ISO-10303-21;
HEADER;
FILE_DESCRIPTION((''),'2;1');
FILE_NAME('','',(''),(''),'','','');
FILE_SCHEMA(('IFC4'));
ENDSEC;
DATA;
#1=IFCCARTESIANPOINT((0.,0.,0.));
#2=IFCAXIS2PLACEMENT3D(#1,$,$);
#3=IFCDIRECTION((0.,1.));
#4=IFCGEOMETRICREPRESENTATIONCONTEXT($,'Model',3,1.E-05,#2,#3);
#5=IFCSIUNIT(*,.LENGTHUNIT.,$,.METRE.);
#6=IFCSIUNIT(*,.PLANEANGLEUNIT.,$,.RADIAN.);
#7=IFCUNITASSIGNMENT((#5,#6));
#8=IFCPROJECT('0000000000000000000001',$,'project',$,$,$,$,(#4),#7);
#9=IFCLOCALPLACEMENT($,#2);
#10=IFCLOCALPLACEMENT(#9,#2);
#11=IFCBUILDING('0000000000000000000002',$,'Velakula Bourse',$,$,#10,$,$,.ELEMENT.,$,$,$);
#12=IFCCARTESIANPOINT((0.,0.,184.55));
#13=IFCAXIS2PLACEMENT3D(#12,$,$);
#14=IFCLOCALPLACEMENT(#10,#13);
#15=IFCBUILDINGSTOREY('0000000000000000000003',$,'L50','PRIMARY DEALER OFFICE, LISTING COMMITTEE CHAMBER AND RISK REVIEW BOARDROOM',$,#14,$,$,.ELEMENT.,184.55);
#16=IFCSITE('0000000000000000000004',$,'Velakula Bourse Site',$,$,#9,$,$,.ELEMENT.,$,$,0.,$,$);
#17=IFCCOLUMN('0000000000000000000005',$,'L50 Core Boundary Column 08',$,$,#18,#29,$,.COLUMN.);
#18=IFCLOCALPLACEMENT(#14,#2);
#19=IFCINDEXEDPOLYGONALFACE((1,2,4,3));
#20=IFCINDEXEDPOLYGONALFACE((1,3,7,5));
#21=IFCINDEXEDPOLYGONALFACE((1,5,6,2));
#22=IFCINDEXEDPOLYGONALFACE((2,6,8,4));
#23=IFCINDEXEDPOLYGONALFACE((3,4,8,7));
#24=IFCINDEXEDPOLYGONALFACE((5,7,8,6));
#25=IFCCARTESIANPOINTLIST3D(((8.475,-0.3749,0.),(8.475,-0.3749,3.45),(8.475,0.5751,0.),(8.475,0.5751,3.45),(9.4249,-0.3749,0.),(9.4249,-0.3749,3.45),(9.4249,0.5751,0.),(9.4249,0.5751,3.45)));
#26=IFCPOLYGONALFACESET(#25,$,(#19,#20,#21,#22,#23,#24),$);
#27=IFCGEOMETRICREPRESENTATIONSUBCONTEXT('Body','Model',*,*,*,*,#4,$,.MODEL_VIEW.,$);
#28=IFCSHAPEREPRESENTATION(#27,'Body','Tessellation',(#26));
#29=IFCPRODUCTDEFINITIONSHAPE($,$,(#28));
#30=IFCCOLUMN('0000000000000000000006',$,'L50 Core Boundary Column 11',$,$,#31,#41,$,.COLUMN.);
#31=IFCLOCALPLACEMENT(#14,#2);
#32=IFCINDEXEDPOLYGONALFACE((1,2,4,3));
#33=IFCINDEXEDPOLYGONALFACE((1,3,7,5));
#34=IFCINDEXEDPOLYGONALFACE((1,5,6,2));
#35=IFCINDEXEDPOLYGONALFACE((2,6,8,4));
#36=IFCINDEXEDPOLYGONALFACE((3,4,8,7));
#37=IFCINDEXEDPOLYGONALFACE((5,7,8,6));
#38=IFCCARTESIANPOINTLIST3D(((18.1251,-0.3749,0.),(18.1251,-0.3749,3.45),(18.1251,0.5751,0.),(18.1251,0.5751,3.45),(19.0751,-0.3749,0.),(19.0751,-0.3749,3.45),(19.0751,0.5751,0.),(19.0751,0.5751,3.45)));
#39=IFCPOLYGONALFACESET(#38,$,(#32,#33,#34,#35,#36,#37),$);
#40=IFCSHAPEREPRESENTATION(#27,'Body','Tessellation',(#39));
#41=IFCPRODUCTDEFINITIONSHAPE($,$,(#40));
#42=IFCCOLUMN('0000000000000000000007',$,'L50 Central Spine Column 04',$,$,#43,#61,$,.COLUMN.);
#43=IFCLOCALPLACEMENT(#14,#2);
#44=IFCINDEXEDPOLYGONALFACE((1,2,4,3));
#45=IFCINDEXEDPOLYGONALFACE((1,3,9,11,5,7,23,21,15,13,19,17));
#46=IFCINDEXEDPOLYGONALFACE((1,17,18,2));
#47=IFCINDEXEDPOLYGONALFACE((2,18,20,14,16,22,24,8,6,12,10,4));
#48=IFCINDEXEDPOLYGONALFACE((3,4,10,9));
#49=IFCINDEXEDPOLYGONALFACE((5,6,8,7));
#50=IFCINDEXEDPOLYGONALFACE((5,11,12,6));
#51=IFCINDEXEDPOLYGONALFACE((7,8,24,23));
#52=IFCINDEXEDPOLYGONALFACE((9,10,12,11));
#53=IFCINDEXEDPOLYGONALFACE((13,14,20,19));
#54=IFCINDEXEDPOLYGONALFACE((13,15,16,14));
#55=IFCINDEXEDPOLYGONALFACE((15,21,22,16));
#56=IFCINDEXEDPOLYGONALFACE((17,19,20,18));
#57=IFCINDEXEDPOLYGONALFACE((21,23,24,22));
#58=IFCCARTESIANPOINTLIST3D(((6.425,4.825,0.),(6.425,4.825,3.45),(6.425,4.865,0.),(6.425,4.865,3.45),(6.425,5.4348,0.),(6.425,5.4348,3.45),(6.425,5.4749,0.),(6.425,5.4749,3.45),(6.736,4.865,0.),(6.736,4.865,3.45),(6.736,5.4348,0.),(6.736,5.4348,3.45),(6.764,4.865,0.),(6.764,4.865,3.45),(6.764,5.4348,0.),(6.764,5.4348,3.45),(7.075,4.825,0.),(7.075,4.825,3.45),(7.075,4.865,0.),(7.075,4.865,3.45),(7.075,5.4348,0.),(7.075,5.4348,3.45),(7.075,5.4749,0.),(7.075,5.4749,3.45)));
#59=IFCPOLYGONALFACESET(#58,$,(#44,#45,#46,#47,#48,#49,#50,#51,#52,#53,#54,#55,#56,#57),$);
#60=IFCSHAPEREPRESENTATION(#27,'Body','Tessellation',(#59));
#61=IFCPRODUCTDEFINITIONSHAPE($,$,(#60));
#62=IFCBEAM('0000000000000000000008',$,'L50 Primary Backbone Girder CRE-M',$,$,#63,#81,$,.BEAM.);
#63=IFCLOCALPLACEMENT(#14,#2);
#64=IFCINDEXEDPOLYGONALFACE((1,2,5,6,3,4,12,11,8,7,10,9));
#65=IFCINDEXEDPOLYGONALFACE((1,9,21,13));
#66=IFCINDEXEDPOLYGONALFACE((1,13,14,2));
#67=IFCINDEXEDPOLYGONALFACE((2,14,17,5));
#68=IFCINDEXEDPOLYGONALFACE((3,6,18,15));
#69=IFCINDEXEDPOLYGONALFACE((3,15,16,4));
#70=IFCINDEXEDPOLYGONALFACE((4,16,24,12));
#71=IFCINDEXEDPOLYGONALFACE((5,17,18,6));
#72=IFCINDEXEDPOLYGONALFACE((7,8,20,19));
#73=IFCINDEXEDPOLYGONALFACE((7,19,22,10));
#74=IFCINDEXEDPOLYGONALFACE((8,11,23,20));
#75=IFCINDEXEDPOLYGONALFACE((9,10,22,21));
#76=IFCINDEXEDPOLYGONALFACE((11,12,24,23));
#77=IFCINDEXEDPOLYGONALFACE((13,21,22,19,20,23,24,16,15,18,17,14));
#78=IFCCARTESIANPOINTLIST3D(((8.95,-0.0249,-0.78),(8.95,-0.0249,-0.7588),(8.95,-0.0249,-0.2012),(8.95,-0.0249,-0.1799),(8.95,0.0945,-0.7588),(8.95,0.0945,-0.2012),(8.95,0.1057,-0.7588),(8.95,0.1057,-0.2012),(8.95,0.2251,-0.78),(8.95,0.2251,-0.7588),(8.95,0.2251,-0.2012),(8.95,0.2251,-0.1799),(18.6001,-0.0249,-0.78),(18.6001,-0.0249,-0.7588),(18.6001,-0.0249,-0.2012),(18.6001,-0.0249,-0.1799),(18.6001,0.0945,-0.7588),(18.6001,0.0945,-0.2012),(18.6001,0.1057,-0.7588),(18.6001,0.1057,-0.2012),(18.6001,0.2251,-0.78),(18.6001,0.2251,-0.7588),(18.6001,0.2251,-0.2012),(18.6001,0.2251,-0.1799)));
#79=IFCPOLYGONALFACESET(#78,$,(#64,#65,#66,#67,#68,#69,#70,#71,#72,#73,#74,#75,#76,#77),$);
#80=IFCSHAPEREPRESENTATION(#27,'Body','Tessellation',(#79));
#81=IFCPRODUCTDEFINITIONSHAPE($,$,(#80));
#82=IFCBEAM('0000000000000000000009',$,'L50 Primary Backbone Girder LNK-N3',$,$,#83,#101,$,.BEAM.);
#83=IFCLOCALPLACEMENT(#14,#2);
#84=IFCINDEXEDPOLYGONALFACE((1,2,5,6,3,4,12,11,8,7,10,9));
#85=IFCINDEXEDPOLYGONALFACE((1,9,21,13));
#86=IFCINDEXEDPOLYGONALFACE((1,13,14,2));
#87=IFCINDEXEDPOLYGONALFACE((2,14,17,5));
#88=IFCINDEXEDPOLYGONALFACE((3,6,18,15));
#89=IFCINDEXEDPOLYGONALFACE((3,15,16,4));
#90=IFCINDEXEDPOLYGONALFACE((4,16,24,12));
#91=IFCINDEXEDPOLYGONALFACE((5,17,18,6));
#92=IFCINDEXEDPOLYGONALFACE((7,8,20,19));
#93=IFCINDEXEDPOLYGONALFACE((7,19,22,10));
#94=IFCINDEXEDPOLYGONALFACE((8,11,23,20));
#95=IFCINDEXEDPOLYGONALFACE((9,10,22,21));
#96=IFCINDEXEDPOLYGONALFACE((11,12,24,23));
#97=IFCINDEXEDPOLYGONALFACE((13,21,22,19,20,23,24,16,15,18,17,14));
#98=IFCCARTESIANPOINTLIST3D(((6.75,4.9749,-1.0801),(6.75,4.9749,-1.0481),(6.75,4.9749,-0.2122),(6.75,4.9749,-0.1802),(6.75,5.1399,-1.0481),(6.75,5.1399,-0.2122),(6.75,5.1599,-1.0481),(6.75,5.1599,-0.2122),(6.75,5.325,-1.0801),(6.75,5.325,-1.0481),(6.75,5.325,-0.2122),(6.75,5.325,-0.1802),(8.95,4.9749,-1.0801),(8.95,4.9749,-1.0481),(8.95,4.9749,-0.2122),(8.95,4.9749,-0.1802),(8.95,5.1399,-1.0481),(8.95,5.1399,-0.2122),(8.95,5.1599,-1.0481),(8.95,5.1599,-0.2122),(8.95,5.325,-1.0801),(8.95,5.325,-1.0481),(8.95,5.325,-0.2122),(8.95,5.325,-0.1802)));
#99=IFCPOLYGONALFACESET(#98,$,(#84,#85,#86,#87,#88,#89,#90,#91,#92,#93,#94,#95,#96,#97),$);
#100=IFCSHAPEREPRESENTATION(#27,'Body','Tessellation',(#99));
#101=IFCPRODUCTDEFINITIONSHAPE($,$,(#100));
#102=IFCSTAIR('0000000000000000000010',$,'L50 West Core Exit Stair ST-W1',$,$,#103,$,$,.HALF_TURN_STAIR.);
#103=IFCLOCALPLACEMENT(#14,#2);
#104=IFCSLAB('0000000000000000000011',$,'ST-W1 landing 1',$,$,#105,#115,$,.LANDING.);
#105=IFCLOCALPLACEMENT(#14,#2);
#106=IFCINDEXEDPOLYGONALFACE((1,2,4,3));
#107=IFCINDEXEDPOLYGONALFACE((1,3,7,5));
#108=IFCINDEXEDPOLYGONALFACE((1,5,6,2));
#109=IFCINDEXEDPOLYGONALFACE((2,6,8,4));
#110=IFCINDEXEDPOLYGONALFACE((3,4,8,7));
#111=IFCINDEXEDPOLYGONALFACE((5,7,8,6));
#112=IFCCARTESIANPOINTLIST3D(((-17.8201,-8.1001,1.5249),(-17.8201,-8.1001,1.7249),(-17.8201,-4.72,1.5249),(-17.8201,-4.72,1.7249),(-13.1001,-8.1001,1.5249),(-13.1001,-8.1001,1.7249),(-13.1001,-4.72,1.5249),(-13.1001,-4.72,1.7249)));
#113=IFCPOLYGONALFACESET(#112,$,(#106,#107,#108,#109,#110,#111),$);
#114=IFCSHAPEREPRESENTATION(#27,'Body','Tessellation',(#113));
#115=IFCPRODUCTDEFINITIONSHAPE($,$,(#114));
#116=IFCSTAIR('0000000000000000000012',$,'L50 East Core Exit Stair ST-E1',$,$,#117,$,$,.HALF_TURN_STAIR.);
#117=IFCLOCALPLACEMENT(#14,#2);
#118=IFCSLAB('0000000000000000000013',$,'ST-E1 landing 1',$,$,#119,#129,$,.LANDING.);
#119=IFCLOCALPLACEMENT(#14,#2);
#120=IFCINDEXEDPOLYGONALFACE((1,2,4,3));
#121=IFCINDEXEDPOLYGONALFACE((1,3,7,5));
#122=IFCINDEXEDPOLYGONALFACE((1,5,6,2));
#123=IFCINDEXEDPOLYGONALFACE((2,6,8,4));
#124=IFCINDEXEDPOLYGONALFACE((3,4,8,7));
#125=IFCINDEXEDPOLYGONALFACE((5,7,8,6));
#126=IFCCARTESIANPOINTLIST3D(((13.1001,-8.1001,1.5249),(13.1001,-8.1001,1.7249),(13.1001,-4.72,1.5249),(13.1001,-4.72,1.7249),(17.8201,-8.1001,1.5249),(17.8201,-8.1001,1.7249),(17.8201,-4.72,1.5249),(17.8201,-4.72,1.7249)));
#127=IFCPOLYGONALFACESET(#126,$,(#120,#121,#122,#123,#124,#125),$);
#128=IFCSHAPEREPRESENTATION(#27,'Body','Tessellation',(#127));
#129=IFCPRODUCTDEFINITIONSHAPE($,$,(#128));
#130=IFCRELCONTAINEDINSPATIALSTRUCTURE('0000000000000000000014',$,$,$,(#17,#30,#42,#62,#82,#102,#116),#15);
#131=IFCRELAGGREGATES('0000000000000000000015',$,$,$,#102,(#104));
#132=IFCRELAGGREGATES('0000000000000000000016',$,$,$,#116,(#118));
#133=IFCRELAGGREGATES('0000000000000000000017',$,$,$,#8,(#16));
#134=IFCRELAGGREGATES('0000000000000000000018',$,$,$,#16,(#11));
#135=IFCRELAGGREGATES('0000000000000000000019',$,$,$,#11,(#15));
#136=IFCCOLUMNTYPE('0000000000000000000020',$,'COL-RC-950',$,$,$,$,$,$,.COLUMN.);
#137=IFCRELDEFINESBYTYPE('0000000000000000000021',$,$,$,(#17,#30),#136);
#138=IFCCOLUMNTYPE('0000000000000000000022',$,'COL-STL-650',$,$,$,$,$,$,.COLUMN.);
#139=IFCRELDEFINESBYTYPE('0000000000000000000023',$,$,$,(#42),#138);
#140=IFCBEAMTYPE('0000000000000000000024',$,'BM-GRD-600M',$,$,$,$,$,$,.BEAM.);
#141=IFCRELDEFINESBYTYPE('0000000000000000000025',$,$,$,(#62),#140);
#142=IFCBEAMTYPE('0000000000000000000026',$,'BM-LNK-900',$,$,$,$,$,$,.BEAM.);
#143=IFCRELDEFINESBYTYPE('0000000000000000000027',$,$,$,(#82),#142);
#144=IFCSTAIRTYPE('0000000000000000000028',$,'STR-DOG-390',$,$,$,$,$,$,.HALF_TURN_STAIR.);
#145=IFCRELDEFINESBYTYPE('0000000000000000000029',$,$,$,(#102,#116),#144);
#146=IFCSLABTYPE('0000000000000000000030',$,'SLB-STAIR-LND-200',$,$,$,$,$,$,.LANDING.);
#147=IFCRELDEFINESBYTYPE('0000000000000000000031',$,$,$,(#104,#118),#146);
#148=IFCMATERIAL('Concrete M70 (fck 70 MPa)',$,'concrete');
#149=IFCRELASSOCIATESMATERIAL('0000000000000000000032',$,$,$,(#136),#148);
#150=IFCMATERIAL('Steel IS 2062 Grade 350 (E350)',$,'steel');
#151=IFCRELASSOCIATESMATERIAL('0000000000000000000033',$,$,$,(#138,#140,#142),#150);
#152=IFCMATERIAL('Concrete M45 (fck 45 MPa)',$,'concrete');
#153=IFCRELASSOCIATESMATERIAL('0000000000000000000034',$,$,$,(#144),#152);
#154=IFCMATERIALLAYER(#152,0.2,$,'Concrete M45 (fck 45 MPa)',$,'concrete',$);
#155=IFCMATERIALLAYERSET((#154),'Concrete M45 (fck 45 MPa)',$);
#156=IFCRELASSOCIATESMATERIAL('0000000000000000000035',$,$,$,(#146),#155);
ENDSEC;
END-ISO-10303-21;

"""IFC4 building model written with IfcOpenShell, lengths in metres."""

from ifc_helpers import new_model, si_unit, direction, frame, origin, origin_2d, place, context, subcontext, project, spatial, polyline, rectangle, i_section, outline, extrude, material, layer, layer_set, material_profile, profile_set, type_object, element, aggregate, save


model = new_model("IFC4")

# Units and contexts
model_context = context("Model", 3, precision=1e-05, world=origin(), true_north=direction((0.0, 1.0)))
body_context = subcontext(model_context, "Body", "Model", "MODEL_VIEW")
ifc_project = project(units=[si_unit("LENGTHUNIT", "METRE"), si_unit("PLANEANGLEUNIT", "RADIAN")], contexts=[model_context])

# Site, building, storey
site_placement = place(None, origin())
site = spatial("IfcSite", under=ifc_project, at=site_placement, Name="Velakula Bourse Site", CompositionType="ELEMENT", RefElevation=0.0)
building_placement = place(site_placement, origin())
building = spatial("IfcBuilding", under=site, at=building_placement, Name="Velakula Bourse", CompositionType="ELEMENT")
storey_placement = place(building_placement, frame((0.0, 0.0, 184.55)))
storey = spatial("IfcBuildingStorey", under=building, at=storey_placement, Name="L50", Description="PRIMARY DEALER OFFICE, LISTING COMMITTEE CHAMBER AND RISK REVIEW BOARDROOM", CompositionType="ELEMENT", Elevation=184.55)

# Columns
ifc_material_1 = material(Name="Concrete M70 (fck 70 MPa)", Category="concrete")
ifc_material_profile_1 = material_profile(ifc_material_1, rectangle(XDim=0.95, YDim=0.95, at=origin_2d()), Name="Concrete M70 (fck 70 MPa)")
ifc_profile_set_1 = profile_set([ifc_material_profile_1], Name="Concrete M70 (fck 70 MPa)")
column_type_1 = type_object("IfcColumnType", Name="COL-RC-950", PredefinedType="COLUMN", material=ifc_profile_set_1)
for number, where, z_axis, x_axis, name in (
    (1, (8.95, 0.1001, 0.0), (0.0, 0.0, 1.0), (1.0, 0.0, 0.0), "L50 Core Boundary Column 08"),
    (2, (18.6001, 0.1001, 0.0), (0.0, 0.0, 1.0), (1.0, 0.0, 0.0), "L50 Core Boundary Column 11"),
):
    element("IfcColumn", number, at=place(storey_placement, frame(where, z_axis=z_axis, x_axis=x_axis)), inside=storey, type_object=column_type_1, Name=name, PredefinedType="COLUMN", context=body_context, shape_type="SweptSolid", body=[
        extrude(rectangle(XDim=0.95, YDim=0.95, at=origin_2d()), origin(), (0.0, 0.0, 1.0), 3.45),
    ])
ifc_material_2 = material(Name="Steel IS 2062 Grade 350 (E350)", Category="steel")
ifc_material_profile_2 = material_profile(ifc_material_2, i_section(OverallWidth=0.6499, OverallDepth=0.6499, WebThickness=0.0281, FlangeThickness=0.04, at=origin_2d()), Name="Steel IS 2062 Grade 350 (E350)")
ifc_profile_set_2 = profile_set([ifc_material_profile_2], Name="Steel IS 2062 Grade 350 (E350)")
column_type_2 = type_object("IfcColumnType", Name="COL-STL-650", PredefinedType="COLUMN", material=ifc_profile_set_2)
column_placement = place(storey_placement, frame((6.75, 5.1499, 0.0), z_axis=(0.0, 0.0, 1.0), x_axis=(1.0, 0.0, 0.0)))
element("IfcColumn", 3, at=column_placement, inside=storey, type_object=column_type_2, Name="L50 Central Spine Column 04", PredefinedType="COLUMN", context=body_context, shape_type="SweptSolid", body=[
    extrude(i_section(OverallWidth=0.6499, OverallDepth=0.6499, WebThickness=0.0281, FlangeThickness=0.04, at=origin_2d()), origin(), (0.0, 0.0, 1.0), 3.45),
])

# Beams
ifc_material_profile_3 = material_profile(ifc_material_2, i_section(OverallWidth=0.25, OverallDepth=0.6001, WebThickness=0.0112, FlangeThickness=0.0212, at=origin_2d()), Name="Steel IS 2062 Grade 350 (E350)")
ifc_profile_set_3 = profile_set([ifc_material_profile_3], Name="Steel IS 2062 Grade 350 (E350)")
beam_type_1 = type_object("IfcBeamType", Name="BM-GRD-600M", PredefinedType="BEAM", material=ifc_profile_set_3)
beam_1_placement = place(storey_placement, frame((8.95, 0.1001, -0.48), z_axis=(1.0, 0.0, 0.0), x_axis=(0.0, 1.0, 0.0)))
element("IfcBeam", 4, at=beam_1_placement, inside=storey, type_object=beam_type_1, Name="L50 Primary Backbone Girder CRE-M", PredefinedType="BEAM", context=body_context, shape_type="SweptSolid", body=[
    extrude(i_section(OverallWidth=0.25, OverallDepth=0.6001, WebThickness=0.0112, FlangeThickness=0.0212, at=origin_2d()), origin(), (0.0, 0.0, 1.0), 9.6501),
])
ifc_material_profile_4 = material_profile(ifc_material_2, i_section(OverallWidth=0.3501, OverallDepth=0.8999, WebThickness=0.02, FlangeThickness=0.032, at=origin_2d()), Name="Steel IS 2062 Grade 350 (E350)")
ifc_profile_set_4 = profile_set([ifc_material_profile_4], Name="Steel IS 2062 Grade 350 (E350)")
beam_type_2 = type_object("IfcBeamType", Name="BM-LNK-900", PredefinedType="BEAM", material=ifc_profile_set_4)
beam_2_placement = place(storey_placement, frame((6.75, 5.1499, -0.6301), z_axis=(1.0, 0.0, 0.0), x_axis=(0.0, 1.0, 0.0)))
element("IfcBeam", 5, at=beam_2_placement, inside=storey, type_object=beam_type_2, Name="L50 Primary Backbone Girder LNK-N3", PredefinedType="BEAM", context=body_context, shape_type="SweptSolid", body=[
    extrude(i_section(OverallWidth=0.3501, OverallDepth=0.8999, WebThickness=0.02, FlangeThickness=0.032, at=origin_2d()), origin(), (0.0, 0.0, 1.0), 2.2),
])

# Stairs, slabs
ifc_material_3 = material(Name="Concrete M45 (fck 45 MPa)", Category="concrete")
stair_type = type_object("IfcStairType", Name="STR-DOG-390", PredefinedType="HALF_TURN_STAIR", material=ifc_material_3)
stair_1_placement = place(storey_placement, origin())
stair_1 = element("IfcStair", 6, at=stair_1_placement, inside=storey, type_object=stair_type, Name="L50 West Core Exit Stair ST-W1", PredefinedType="HALF_TURN_STAIR")
ifc_layer_1 = layer(ifc_material_3, 0.2, Name="Concrete M45 (fck 45 MPa)", Category="concrete")
ifc_layer_set_1 = layer_set([ifc_layer_1], Name="Concrete M45 (fck 45 MPa)")
slab_type_1 = type_object("IfcSlabType", Name="SLB-STAIR-LND-200", PredefinedType="LANDING", material=ifc_layer_set_1)
slab_1_placement = place(storey_placement, frame((0.0, 0.0, 1.5249)))
slab_1 = element("IfcSlab", 7, at=slab_1_placement, type_object=slab_type_1, Name="ST-W1 landing 1", PredefinedType="LANDING", context=body_context, shape_type="SweptSolid", body=[
    extrude(outline(polyline([(-17.8201, -4.72), (-17.8201, -8.1001), (-13.1001, -8.1001), (-13.1001, -4.72), (-17.8201, -4.72)])), origin(), (0.0, 0.0, 1.0), 0.2),
])
aggregate(stair_1, [slab_1])
stair_2_placement = place(storey_placement, origin())
stair_2 = element("IfcStair", 8, at=stair_2_placement, inside=storey, type_object=stair_type, Name="L50 East Core Exit Stair ST-E1", PredefinedType="HALF_TURN_STAIR")
slab_2_placement = place(storey_placement, frame((0.0, 0.0, 1.5249)))
slab_2 = element("IfcSlab", 9, at=slab_2_placement, type_object=slab_type_1, Name="ST-E1 landing 1", PredefinedType="LANDING", context=body_context, shape_type="SweptSolid", body=[
    extrude(outline(polyline([(13.1001, -4.72), (13.1001, -8.1001), (17.8201, -8.1001), (17.8201, -4.72), (13.1001, -4.72)])), origin(), (0.0, 0.0, 1.0), 0.2),
])
aggregate(stair_2, [slab_2])

save(model, "model.ifc")
